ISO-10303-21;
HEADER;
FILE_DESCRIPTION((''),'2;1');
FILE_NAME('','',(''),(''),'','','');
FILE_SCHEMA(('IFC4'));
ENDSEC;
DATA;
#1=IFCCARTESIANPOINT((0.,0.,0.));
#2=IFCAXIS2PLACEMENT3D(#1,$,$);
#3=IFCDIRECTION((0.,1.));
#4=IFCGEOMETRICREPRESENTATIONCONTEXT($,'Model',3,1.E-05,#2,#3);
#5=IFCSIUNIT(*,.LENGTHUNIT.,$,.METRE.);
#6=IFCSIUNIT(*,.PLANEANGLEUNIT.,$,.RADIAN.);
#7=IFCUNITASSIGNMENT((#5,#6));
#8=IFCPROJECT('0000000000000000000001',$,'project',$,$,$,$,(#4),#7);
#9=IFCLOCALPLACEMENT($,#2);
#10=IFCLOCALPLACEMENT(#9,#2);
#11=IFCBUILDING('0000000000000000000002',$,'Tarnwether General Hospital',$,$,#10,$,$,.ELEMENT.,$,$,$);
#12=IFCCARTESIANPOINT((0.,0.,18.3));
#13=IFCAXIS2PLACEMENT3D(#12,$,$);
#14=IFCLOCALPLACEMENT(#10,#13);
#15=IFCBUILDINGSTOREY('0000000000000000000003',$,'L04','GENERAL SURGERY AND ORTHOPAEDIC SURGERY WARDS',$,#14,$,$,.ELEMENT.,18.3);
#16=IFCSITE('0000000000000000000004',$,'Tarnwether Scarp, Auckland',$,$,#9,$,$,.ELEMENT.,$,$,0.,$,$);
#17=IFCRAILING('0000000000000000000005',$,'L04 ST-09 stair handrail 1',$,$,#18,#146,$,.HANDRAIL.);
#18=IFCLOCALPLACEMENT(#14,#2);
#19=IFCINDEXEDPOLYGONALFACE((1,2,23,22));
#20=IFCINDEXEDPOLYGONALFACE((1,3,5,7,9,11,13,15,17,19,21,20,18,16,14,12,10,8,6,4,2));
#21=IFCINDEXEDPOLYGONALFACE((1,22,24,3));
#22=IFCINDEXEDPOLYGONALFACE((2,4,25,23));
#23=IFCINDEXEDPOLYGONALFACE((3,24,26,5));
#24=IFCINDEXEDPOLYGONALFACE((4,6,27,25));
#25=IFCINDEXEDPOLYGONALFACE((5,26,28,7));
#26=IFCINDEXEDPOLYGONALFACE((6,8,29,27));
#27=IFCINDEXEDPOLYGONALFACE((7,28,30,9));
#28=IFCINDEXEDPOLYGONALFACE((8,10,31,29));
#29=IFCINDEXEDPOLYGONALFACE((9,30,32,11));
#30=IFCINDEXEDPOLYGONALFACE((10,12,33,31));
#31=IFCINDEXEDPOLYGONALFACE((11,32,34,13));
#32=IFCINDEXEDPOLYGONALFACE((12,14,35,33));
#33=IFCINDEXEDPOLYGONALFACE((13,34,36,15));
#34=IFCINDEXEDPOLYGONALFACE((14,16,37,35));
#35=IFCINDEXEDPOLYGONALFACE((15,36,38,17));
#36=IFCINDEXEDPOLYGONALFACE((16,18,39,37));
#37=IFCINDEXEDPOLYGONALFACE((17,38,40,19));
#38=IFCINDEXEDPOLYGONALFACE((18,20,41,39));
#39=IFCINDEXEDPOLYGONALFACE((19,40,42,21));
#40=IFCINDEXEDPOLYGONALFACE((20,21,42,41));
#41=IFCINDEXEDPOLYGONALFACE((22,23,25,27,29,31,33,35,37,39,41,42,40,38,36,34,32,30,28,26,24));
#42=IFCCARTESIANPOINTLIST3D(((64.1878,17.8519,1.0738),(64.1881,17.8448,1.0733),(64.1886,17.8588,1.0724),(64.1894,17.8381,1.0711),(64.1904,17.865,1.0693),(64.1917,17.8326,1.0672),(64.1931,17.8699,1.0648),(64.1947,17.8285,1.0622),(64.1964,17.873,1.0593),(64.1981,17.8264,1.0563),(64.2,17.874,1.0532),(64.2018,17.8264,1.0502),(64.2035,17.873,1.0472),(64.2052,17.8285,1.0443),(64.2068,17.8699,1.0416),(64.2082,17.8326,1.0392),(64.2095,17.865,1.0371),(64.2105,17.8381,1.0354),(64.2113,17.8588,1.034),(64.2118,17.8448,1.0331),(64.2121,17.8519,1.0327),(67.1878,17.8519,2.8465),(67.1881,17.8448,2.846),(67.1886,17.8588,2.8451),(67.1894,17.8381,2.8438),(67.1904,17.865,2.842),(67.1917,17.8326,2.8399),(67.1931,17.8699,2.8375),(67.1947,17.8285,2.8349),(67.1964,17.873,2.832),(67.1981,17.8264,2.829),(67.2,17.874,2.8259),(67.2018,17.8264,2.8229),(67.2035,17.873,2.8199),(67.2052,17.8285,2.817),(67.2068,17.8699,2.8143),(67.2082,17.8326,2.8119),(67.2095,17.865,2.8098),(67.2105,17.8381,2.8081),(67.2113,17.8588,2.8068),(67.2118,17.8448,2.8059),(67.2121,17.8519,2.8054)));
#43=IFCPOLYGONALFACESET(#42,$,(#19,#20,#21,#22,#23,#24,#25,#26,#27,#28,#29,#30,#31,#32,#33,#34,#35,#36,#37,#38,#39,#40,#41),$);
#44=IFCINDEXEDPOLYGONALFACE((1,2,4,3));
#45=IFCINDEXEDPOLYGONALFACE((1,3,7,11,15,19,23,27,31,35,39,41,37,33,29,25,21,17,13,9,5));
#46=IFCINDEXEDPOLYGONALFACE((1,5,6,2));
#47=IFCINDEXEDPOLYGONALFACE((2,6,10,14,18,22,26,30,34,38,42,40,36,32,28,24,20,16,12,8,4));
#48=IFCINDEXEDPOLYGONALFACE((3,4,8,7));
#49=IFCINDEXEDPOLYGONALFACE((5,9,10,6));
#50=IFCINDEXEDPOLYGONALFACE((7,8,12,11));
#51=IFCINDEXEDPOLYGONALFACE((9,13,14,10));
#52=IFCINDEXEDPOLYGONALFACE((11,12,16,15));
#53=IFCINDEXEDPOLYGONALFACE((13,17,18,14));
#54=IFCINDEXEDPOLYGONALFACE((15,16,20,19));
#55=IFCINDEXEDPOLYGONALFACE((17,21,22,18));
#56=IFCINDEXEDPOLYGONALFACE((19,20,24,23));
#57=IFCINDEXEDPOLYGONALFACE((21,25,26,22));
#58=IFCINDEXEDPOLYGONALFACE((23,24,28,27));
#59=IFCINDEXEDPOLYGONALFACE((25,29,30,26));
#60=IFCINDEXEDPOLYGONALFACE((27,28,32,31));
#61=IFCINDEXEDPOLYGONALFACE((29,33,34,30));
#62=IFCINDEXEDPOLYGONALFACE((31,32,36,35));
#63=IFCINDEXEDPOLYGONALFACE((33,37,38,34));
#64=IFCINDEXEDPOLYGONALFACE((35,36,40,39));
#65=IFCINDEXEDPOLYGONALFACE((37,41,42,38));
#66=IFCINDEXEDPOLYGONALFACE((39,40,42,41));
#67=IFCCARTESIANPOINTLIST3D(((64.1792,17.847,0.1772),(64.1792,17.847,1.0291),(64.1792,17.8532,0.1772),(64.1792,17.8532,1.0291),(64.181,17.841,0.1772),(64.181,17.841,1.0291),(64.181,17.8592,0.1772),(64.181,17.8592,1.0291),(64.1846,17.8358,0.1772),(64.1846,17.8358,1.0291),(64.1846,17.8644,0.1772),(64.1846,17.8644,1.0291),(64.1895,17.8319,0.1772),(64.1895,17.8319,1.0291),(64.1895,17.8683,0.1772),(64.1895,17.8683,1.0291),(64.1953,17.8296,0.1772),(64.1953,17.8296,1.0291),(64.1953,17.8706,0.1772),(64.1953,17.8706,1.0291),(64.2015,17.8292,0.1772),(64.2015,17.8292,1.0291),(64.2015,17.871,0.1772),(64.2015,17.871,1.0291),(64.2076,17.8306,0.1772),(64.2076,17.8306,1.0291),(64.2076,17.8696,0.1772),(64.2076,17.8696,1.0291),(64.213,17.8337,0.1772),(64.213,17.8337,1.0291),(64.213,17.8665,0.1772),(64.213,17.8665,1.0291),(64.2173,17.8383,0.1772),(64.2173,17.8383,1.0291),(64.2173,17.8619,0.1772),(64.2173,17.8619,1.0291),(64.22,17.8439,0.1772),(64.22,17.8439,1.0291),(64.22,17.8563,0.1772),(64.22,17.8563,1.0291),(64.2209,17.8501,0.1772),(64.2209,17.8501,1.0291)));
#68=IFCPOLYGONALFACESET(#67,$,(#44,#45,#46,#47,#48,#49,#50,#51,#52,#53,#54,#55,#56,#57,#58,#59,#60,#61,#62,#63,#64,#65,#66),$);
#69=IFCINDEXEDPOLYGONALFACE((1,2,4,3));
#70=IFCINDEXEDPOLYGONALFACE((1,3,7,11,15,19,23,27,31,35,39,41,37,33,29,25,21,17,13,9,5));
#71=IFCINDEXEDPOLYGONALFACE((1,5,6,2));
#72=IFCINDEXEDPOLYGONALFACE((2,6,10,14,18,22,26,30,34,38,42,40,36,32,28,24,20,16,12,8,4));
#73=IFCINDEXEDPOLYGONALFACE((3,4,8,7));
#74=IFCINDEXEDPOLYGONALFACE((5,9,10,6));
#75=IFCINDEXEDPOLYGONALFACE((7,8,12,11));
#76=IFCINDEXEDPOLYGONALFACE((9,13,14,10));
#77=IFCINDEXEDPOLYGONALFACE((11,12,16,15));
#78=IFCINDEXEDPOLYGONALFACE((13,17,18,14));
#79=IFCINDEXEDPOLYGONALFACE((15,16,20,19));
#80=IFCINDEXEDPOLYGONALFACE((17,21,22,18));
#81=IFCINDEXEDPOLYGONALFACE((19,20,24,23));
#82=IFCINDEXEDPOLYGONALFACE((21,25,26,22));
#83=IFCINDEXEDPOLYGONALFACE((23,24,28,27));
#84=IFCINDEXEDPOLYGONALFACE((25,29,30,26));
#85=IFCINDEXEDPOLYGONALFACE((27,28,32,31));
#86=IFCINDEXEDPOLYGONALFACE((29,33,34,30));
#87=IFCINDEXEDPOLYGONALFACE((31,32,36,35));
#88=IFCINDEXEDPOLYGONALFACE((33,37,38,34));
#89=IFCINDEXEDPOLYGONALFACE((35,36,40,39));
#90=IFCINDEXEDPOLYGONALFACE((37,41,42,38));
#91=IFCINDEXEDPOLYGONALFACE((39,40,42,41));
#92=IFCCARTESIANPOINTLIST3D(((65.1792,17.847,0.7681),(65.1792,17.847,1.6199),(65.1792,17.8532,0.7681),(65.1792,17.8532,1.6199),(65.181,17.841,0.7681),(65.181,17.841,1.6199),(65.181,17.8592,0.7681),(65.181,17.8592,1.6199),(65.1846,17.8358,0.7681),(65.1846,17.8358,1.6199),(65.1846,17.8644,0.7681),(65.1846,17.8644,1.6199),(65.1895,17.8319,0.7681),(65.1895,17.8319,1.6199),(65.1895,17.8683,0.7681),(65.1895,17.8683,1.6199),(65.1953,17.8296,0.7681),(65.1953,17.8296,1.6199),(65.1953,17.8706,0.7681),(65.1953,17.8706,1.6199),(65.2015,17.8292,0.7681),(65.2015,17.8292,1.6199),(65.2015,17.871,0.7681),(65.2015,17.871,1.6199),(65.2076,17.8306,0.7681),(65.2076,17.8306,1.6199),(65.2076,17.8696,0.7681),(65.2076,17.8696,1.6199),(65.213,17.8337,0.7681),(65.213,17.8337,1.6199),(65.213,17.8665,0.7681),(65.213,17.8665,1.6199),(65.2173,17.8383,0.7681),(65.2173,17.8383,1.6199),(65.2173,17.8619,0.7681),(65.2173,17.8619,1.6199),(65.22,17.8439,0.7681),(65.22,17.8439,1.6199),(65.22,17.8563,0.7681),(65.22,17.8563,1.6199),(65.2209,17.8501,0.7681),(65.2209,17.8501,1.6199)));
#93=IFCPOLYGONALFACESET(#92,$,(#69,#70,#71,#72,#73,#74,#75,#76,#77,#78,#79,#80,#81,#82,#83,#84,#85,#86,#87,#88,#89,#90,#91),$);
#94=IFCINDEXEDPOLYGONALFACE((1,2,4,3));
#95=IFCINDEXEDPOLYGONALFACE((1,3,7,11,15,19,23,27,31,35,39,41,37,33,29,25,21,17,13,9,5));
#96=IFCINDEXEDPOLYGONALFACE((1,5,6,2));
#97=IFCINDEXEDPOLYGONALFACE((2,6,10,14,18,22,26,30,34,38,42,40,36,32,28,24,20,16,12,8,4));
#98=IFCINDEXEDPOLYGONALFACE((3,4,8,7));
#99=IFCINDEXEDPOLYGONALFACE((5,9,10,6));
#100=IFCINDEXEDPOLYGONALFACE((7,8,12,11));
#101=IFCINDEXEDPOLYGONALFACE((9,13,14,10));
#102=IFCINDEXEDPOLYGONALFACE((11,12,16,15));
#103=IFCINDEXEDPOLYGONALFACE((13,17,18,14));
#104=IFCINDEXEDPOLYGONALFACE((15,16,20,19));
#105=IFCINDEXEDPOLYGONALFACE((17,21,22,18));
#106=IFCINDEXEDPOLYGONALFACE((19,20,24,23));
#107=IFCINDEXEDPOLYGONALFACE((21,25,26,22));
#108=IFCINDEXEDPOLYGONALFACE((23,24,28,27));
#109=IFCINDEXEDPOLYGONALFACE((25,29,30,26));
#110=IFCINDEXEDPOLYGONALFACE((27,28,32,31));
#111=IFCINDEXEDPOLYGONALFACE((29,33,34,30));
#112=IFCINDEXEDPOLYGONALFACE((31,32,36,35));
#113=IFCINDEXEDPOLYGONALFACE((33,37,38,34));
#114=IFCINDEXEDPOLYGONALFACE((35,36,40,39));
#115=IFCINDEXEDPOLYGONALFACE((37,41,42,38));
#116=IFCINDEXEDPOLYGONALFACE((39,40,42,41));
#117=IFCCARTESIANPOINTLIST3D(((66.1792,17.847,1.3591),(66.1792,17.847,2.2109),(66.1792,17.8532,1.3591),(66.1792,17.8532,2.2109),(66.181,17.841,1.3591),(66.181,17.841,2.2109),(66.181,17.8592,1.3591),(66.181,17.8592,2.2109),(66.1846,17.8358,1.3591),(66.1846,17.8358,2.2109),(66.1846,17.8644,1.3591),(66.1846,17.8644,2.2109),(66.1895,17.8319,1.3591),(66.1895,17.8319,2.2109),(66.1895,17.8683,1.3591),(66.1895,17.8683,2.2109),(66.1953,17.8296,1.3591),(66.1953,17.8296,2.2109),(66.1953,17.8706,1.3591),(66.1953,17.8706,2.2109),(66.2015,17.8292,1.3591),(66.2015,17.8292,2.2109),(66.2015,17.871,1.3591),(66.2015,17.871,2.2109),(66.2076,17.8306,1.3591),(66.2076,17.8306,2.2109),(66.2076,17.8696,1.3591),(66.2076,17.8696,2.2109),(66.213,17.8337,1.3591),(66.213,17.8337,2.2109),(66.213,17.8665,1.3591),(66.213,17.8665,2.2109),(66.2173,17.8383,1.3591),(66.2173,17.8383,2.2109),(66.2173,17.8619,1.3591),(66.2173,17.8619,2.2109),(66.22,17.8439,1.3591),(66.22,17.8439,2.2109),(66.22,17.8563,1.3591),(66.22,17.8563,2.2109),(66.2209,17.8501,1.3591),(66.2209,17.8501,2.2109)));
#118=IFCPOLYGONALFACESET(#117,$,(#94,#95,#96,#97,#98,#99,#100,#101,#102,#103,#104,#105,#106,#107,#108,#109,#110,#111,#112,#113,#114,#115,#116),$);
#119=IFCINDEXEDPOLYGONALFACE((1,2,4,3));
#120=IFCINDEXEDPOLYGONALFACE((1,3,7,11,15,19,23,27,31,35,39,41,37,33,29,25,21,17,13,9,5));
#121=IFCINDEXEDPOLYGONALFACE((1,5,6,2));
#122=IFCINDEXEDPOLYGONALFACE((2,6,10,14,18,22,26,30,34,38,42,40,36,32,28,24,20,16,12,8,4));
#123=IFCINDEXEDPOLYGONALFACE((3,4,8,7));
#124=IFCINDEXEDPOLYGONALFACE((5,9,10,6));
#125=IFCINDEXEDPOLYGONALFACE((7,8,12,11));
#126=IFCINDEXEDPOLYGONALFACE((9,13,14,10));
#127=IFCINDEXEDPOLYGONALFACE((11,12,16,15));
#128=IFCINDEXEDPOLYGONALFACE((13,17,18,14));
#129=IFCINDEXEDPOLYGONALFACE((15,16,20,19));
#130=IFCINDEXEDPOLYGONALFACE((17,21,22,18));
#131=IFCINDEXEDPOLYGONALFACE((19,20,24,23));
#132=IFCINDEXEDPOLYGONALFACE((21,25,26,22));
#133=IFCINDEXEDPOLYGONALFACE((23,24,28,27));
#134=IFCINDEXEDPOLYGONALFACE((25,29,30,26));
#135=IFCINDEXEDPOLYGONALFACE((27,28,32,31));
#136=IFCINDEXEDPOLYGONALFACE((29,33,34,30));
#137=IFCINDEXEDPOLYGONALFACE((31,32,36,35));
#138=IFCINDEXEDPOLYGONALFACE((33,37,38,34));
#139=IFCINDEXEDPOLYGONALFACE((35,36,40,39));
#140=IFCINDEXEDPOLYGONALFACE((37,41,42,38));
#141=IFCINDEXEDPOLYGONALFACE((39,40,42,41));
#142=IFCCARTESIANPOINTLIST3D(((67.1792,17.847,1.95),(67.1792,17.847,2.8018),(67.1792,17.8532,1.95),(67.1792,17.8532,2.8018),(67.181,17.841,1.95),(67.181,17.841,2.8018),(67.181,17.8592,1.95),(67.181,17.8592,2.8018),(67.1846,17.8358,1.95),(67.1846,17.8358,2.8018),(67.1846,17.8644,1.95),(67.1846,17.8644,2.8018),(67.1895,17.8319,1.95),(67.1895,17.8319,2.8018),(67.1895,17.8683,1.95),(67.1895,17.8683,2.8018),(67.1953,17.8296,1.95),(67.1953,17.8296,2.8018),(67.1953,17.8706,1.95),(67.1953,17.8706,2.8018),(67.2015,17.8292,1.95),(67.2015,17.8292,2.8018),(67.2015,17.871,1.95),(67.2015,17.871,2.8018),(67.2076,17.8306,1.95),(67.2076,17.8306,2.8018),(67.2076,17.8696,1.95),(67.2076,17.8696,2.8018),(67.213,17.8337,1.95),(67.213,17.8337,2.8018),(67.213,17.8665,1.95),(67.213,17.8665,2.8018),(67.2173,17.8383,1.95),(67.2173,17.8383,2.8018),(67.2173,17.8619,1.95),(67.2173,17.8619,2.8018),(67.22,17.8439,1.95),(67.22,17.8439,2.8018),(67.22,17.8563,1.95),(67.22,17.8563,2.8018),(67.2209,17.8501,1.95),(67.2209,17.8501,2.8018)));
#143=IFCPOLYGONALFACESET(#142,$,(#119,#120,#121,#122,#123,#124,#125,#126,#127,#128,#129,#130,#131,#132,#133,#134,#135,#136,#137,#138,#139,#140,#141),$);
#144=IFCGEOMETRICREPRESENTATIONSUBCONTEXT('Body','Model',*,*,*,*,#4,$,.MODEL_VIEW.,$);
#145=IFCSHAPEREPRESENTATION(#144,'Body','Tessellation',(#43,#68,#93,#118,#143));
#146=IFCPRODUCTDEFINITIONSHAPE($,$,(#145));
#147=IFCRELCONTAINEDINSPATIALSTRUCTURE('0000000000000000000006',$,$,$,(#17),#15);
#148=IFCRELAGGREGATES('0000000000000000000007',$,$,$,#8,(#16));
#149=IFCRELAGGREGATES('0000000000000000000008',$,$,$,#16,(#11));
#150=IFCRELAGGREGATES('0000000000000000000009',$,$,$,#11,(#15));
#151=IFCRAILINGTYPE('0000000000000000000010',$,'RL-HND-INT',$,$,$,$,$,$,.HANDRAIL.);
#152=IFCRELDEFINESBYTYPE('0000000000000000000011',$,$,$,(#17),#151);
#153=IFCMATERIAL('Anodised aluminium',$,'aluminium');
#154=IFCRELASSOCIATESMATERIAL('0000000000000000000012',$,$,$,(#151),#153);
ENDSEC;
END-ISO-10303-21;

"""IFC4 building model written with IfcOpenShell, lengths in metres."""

from ifc_helpers import new_model, si_unit, direction, frame, origin, origin_2d, place, context, subcontext, project, spatial, circle, extrude, material, type_object, element, save


model = new_model("IFC4")

# Units and contexts
model_context = context("Model", 3, precision=1e-05, world=origin(), true_north=direction((0.0, 1.0)))
body_context = subcontext(model_context, "Body", "Model", "MODEL_VIEW")
ifc_project = project(units=[si_unit("LENGTHUNIT", "METRE"), si_unit("PLANEANGLEUNIT", "RADIAN")], contexts=[model_context])

# Site, building, storey
site_placement = place(None, origin())
site = spatial("IfcSite", under=ifc_project, at=site_placement, Name="Tarnwether Scarp, Auckland", CompositionType="ELEMENT", RefElevation=0.0)
building_placement = place(site_placement, origin())
building = spatial("IfcBuilding", under=site, at=building_placement, Name="Tarnwether General Hospital", CompositionType="ELEMENT")
storey_placement = place(building_placement, frame((0.0, 0.0, 18.3)))
storey = spatial("IfcBuildingStorey", under=building, at=storey_placement, Name="L04", Description="GENERAL SURGERY AND ORTHOPAEDIC SURGERY WARDS", CompositionType="ELEMENT", Elevation=18.3)

# Railing
ifc_material_1 = material(Name="Anodised aluminium", Category="aluminium")
railing_type_1 = type_object("IfcRailingType", Name="RL-HND-INT", PredefinedType="HANDRAIL", material=ifc_material_1)
railing_1_placement = place(storey_placement, frame((64.2, 17.8501, 0.1772)))
element("IfcRailing", 1, at=railing_1_placement, inside=storey, type_object=railing_type_1, Name="L04 ST-09 stair handrail 1", PredefinedType="HANDRAIL", context=body_context, shape_type="SweptSolid", body=[
    extrude(circle(Radius=0.0239, at=origin_2d()), frame((0.0, 0.0, 0.876), z_axis=(0.860929, 0.0, 0.508725), x_axis=(0.0, 1.0, 0.0)), (0.0, 0.0, 1.0), 3.4846),
    extrude(circle(Radius=0.021, at=origin_2d()), origin(), (0.0, 0.0, 1.0), 0.8518),
    extrude(circle(Radius=0.021, at=origin_2d()), frame((1.0, 0.0, 0.5908)), (0.0, 0.0, 1.0), 0.8518),
    extrude(circle(Radius=0.021, at=origin_2d()), frame((2.0, 0.0, 1.1819)), (0.0, 0.0, 1.0), 0.8518),
    extrude(circle(Radius=0.021, at=origin_2d()), frame((3.0, 0.0, 1.7727)), (0.0, 0.0, 1.0), 0.8518),
])

save(model, "model.ifc")
